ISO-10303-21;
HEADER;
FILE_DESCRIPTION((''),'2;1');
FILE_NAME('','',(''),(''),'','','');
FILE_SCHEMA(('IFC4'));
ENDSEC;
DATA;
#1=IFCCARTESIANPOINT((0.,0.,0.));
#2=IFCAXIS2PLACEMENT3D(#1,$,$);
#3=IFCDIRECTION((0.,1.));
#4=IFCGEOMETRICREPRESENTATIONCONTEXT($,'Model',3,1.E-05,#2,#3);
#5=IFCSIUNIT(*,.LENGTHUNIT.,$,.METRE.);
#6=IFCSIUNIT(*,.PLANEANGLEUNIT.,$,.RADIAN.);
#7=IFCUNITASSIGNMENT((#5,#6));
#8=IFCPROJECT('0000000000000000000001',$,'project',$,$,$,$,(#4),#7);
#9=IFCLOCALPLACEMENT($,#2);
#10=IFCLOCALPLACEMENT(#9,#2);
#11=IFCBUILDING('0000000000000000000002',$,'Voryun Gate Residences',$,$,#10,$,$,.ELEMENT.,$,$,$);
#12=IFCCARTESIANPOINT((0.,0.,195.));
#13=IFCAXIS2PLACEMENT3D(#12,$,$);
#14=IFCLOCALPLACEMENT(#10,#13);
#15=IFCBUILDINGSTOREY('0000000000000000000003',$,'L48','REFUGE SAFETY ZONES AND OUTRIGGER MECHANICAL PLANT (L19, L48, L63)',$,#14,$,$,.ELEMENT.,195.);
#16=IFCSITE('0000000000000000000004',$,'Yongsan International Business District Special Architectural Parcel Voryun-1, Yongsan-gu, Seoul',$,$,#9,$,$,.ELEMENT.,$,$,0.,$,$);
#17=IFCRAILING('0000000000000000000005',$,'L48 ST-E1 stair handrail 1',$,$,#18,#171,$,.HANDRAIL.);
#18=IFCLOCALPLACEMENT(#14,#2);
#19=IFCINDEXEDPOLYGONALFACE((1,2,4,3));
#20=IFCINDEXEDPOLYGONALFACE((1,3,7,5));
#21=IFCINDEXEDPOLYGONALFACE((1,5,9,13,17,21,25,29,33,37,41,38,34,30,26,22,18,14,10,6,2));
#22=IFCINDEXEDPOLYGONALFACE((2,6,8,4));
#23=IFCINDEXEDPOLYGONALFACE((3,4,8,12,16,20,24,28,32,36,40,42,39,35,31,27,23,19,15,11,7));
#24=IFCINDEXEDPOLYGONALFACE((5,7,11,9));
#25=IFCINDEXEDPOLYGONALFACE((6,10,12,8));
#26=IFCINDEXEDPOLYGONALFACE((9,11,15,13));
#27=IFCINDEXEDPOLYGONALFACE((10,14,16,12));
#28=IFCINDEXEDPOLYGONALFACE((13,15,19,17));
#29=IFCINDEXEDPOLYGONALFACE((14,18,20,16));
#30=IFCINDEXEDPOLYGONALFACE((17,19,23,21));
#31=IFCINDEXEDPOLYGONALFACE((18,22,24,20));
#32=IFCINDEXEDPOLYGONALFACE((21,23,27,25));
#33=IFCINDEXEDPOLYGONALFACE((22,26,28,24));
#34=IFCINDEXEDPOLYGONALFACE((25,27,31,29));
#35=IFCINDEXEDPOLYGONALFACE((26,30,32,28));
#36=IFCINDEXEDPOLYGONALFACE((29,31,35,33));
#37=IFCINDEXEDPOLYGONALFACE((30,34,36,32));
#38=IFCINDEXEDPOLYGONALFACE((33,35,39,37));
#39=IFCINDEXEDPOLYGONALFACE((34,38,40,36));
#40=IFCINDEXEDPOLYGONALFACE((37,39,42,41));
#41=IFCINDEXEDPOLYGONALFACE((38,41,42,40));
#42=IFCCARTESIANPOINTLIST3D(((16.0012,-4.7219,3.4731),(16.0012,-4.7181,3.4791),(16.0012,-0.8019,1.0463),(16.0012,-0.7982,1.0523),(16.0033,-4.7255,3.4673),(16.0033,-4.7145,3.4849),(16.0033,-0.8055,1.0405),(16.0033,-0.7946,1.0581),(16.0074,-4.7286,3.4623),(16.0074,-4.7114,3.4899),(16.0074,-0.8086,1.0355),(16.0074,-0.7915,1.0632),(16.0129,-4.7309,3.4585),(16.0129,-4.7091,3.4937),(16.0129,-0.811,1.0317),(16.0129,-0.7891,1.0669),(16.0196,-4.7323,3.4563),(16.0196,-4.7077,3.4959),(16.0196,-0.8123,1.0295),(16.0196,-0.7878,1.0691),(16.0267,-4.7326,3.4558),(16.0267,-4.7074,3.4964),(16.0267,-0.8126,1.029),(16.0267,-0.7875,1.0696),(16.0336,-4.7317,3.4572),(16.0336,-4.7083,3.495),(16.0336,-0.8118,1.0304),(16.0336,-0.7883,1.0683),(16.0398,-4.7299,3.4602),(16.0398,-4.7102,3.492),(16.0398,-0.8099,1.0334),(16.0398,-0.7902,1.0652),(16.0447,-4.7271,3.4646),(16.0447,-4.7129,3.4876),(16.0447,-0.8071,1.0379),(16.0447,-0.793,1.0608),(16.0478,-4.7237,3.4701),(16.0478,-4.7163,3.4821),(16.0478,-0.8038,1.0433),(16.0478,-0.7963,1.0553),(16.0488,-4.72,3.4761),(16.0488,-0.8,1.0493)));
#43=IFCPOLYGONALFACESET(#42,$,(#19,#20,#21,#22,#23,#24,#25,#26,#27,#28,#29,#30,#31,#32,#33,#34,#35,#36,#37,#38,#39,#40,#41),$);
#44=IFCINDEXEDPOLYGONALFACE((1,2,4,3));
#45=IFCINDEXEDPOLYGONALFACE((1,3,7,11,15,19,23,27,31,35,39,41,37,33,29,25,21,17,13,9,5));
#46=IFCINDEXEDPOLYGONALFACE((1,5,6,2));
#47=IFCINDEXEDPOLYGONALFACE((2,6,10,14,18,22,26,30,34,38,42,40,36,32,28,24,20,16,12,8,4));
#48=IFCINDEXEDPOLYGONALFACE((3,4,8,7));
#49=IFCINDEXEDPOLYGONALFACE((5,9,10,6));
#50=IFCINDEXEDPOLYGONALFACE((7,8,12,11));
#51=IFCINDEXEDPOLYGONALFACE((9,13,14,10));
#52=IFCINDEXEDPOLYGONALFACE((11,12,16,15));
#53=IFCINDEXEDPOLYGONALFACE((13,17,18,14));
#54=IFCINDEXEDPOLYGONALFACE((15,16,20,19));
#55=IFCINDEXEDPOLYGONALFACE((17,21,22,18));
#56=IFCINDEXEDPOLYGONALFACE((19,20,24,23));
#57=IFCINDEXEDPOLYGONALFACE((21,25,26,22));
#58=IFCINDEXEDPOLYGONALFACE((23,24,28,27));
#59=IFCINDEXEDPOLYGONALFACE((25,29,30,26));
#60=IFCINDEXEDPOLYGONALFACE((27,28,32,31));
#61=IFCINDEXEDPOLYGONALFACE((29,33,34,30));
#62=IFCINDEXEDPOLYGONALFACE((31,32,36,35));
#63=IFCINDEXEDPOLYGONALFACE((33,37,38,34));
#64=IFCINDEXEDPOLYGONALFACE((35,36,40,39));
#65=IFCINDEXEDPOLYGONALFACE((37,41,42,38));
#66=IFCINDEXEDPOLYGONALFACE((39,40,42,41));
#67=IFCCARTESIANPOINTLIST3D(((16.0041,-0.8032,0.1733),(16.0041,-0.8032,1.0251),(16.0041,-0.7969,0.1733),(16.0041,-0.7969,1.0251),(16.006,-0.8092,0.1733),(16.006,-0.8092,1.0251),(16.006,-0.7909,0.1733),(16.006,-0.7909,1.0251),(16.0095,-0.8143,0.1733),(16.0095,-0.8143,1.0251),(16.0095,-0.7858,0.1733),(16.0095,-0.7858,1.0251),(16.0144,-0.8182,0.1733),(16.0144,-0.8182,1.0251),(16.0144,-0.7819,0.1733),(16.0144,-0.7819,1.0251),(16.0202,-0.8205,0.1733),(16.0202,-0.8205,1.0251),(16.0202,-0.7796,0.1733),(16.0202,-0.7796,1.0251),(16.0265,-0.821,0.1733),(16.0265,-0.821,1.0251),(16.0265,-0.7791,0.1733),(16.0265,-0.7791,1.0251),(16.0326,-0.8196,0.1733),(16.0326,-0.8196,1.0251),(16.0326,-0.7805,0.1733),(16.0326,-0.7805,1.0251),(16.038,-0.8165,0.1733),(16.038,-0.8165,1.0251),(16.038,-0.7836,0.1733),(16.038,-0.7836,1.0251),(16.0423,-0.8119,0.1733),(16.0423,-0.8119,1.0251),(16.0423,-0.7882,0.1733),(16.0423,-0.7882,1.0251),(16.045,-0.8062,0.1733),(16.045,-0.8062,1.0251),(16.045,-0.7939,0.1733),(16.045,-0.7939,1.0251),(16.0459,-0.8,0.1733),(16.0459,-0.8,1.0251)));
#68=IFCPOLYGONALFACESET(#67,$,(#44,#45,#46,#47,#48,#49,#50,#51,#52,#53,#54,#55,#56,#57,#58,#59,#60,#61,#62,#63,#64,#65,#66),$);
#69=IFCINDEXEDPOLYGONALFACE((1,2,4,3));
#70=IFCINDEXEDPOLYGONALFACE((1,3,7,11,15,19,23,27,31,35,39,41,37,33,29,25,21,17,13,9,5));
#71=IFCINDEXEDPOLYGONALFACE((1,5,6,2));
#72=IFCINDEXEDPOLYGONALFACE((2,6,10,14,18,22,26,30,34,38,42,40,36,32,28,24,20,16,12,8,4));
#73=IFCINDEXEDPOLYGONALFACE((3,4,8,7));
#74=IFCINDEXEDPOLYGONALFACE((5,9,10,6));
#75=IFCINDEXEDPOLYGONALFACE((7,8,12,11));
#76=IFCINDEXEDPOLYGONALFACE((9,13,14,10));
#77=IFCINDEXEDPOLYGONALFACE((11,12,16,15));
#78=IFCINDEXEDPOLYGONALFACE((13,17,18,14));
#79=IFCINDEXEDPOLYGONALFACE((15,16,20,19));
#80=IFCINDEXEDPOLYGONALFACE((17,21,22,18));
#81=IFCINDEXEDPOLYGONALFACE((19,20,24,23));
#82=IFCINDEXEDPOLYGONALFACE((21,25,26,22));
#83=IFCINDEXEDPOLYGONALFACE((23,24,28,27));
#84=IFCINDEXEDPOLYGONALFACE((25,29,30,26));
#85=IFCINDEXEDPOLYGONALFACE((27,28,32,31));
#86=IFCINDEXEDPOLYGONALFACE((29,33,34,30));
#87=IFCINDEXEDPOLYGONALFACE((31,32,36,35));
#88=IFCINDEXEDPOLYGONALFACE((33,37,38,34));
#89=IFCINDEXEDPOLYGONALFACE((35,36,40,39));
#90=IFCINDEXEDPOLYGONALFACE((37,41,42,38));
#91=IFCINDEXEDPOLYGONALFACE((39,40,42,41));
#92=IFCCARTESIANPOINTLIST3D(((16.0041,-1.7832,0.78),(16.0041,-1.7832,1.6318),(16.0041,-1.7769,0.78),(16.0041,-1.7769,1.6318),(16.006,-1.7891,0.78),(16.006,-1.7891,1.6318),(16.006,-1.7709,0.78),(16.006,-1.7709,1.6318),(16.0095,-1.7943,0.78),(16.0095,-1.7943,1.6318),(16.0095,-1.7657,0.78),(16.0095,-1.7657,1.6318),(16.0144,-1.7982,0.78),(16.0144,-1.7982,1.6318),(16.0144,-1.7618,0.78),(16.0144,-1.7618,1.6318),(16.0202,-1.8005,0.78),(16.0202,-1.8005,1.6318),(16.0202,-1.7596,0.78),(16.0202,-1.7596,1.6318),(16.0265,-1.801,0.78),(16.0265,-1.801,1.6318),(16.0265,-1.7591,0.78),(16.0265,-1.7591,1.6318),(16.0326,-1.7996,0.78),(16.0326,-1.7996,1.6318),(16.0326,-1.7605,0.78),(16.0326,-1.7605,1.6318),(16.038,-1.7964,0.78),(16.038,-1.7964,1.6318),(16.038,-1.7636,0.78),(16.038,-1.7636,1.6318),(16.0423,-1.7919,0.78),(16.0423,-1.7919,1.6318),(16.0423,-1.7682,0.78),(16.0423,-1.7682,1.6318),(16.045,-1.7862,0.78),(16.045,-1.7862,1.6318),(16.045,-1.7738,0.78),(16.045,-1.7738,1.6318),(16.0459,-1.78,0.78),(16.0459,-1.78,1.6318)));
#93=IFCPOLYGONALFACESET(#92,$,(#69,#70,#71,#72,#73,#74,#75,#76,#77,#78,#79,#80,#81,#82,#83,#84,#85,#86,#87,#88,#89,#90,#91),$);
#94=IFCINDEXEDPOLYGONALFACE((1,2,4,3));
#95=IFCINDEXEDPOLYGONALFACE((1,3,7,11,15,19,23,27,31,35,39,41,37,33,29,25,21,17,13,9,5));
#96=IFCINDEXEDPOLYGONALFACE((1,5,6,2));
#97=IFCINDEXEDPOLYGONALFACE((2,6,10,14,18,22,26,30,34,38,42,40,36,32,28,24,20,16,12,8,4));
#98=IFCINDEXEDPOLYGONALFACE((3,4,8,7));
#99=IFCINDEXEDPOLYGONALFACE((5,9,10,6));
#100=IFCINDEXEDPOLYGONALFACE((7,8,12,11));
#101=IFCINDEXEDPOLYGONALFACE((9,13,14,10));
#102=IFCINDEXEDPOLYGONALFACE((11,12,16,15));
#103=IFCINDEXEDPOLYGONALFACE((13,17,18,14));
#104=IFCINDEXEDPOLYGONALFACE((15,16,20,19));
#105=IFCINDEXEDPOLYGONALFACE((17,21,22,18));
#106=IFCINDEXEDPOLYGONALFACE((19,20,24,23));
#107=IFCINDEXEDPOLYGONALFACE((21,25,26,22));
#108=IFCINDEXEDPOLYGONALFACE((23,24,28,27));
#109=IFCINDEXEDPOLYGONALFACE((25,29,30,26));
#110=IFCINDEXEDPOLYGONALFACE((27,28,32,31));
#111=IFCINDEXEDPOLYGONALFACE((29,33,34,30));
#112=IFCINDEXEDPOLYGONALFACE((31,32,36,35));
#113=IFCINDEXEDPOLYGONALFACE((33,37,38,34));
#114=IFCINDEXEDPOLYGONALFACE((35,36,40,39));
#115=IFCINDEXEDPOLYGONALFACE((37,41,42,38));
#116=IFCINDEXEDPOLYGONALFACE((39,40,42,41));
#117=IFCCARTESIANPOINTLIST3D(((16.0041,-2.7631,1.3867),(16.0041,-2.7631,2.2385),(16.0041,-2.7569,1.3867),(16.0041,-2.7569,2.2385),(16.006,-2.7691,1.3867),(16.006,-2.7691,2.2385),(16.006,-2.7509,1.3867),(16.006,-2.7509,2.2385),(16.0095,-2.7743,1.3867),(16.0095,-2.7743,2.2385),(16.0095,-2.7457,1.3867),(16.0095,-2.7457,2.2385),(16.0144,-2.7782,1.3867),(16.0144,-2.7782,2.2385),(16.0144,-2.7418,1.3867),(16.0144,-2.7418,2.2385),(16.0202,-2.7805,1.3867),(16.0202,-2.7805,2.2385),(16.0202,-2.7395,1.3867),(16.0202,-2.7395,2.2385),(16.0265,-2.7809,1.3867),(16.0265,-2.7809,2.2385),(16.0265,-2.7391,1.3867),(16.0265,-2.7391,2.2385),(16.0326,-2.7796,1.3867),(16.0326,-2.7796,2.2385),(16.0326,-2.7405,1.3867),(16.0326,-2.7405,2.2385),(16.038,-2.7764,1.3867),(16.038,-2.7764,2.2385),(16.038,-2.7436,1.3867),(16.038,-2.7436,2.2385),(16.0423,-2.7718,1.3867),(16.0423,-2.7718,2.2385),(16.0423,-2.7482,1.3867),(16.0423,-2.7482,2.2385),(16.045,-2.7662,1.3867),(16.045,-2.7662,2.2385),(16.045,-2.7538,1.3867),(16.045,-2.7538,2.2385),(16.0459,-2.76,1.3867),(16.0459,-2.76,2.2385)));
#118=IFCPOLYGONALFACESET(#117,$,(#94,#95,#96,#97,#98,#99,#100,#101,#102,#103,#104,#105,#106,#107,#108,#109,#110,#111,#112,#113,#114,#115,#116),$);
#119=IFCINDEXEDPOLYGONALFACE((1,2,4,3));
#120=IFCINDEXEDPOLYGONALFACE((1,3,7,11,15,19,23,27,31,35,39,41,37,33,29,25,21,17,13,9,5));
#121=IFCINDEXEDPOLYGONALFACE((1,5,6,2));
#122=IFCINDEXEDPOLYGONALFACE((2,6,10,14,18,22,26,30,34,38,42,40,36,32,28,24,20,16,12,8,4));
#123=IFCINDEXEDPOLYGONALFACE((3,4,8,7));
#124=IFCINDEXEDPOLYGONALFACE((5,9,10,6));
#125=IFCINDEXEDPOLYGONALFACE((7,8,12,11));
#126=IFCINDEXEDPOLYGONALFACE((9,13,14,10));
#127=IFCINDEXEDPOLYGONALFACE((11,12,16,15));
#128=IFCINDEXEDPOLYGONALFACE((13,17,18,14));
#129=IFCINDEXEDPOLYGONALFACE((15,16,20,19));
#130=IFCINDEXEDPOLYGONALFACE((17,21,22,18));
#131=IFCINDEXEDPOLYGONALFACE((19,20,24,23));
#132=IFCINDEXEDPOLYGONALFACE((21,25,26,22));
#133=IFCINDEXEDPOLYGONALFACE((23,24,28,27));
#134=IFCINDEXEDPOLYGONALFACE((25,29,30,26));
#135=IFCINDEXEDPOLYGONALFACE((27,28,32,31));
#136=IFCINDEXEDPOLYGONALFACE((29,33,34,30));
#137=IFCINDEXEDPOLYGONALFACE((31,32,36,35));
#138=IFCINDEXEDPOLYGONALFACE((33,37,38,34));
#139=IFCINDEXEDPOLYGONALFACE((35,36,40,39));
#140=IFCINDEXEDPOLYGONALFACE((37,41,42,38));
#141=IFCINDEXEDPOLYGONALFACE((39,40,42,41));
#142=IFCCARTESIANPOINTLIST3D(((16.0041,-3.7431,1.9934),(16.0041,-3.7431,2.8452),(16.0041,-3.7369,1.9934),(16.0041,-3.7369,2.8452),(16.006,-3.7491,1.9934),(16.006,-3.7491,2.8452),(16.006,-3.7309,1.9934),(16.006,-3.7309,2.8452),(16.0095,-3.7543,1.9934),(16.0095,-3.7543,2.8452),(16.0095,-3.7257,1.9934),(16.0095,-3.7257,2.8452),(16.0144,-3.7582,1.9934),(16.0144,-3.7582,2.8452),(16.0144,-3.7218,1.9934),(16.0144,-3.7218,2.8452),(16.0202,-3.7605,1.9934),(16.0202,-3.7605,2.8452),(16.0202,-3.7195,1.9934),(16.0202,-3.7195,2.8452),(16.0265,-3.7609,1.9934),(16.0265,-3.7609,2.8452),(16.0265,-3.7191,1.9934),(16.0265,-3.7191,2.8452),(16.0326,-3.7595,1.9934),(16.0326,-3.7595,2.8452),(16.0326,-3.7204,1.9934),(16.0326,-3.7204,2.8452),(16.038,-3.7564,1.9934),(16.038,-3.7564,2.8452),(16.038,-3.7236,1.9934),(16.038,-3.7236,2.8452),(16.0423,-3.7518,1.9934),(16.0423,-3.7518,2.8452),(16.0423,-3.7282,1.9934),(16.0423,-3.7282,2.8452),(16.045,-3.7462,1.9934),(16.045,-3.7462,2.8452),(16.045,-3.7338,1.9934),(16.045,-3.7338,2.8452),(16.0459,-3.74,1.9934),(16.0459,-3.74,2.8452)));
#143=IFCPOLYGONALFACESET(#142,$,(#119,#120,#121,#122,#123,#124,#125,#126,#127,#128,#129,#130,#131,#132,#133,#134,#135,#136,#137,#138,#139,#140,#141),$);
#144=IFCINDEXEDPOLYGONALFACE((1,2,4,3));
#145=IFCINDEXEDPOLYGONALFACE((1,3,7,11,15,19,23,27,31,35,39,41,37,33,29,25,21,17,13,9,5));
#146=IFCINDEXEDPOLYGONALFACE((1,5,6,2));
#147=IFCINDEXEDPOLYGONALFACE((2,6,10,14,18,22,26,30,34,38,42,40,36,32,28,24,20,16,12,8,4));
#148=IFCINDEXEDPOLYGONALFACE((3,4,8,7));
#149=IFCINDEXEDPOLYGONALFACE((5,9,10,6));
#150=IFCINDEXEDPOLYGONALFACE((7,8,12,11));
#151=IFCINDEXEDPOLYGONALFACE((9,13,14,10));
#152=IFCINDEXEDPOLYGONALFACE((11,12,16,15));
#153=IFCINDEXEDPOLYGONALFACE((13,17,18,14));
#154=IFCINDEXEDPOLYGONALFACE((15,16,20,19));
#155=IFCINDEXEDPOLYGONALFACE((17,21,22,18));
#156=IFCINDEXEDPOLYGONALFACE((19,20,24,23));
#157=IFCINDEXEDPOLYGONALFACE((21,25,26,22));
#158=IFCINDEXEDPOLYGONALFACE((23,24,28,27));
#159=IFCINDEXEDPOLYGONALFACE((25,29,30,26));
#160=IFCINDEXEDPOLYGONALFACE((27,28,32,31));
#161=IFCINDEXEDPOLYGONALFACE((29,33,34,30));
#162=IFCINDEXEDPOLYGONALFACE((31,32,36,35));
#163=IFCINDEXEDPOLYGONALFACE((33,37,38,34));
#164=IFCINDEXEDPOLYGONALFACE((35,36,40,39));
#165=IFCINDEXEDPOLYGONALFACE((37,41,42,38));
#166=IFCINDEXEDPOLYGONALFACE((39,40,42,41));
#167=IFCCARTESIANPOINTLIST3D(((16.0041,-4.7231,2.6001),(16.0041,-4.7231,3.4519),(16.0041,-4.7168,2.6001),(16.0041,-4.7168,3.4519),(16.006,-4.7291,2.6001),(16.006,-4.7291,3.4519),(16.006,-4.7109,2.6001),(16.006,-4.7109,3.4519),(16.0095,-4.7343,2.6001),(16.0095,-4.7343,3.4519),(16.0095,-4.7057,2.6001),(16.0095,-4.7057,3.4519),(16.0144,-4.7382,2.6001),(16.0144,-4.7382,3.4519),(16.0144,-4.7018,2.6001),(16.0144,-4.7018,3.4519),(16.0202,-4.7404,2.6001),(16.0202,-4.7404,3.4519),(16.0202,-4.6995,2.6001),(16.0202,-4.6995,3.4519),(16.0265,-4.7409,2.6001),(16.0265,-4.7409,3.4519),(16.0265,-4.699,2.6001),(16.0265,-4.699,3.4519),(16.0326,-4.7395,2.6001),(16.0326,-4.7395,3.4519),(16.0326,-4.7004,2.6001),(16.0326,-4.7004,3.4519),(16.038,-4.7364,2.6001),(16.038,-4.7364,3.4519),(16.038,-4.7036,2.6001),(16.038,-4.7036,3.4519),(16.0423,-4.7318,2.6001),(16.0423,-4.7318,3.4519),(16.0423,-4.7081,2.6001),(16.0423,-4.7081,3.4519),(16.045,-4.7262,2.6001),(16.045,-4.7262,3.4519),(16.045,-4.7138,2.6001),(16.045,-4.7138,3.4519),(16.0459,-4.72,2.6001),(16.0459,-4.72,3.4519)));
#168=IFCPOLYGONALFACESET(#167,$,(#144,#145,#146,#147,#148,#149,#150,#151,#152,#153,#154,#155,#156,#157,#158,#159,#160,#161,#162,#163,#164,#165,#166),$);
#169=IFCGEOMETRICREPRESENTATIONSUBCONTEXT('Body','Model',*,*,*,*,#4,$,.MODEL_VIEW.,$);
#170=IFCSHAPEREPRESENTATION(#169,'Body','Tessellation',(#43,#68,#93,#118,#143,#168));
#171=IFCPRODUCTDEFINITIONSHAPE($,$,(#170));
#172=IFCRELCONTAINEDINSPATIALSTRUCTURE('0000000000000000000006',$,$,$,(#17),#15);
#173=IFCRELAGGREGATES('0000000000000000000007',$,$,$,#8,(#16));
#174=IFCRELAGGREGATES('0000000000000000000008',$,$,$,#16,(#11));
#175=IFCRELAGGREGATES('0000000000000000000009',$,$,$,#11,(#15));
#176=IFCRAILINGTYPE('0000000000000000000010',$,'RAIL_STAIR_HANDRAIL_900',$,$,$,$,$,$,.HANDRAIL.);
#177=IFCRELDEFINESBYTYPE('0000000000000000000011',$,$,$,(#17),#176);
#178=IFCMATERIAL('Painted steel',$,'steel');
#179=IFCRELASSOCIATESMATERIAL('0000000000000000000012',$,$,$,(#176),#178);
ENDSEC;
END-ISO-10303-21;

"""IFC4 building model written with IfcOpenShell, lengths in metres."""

from ifc_helpers import new_model, si_unit, direction, frame, origin, origin_2d, place, context, subcontext, project, spatial, circle, extrude, material, type_object, element, save


model = new_model("IFC4")

# Units and contexts
model_context = context("Model", 3, precision=1e-05, world=origin(), true_north=direction((0.0, 1.0)))
body_context = subcontext(model_context, "Body", "Model", "MODEL_VIEW")
ifc_project = project(units=[si_unit("LENGTHUNIT", "METRE"), si_unit("PLANEANGLEUNIT", "RADIAN")], contexts=[model_context])

# Site, building, storey
site_placement = place(None, origin())
site = spatial("IfcSite", under=ifc_project, at=site_placement, Name="Yongsan International Business District Special Architectural Parcel Voryun-1, Yongsan-gu, Seoul", CompositionType="ELEMENT", RefElevation=0.0)
building_placement = place(site_placement, origin())
building = spatial("IfcBuilding", under=site, at=building_placement, Name="Voryun Gate Residences", CompositionType="ELEMENT")
storey_placement = place(building_placement, frame((0.0, 0.0, 195.0)))
storey = spatial("IfcBuildingStorey", under=building, at=storey_placement, Name="L48", Description="REFUGE SAFETY ZONES AND OUTRIGGER MECHANICAL PLANT (L19, L48, L63)", CompositionType="ELEMENT", Elevation=195.0)

# Railing
ifc_material_1 = material(Name="Painted steel", Category="steel")
railing_type_1 = type_object("IfcRailingType", Name="RAIL_STAIR_HANDRAIL_900", PredefinedType="HANDRAIL", material=ifc_material_1)
railing_1_placement = place(storey_placement, frame((16.0249, -0.8, 0.1733)))
element("IfcRailing", 1, at=railing_1_placement, inside=storey, type_object=railing_type_1, Name="L48 ST-E1 stair handrail 1", PredefinedType="HANDRAIL", context=body_context, shape_type="SweptSolid", body=[
    extrude(circle(Radius=0.0239, at=origin_2d()), frame((0.0, 0.0, 0.876), z_axis=(0.0, -0.850252, 0.526376), x_axis=(1.0, 0.0, 0.0)), (0.0, 0.0, 1.0), 4.6104),
    extrude(circle(Radius=0.021, at=origin_2d()), origin(), (0.0, 0.0, 1.0), 0.8518),
    extrude(circle(Radius=0.021, at=origin_2d()), frame((0.0, -0.98, 0.6067)), (0.0, 0.0, 1.0), 0.8518),
    extrude(circle(Radius=0.021, at=origin_2d()), frame((0.0, -1.96, 1.2134)), (0.0, 0.0, 1.0), 0.8518),
    extrude(circle(Radius=0.021, at=origin_2d()), frame((0.0, -2.9399, 1.8201)), (0.0, 0.0, 1.0), 0.8518),
    extrude(circle(Radius=0.021, at=origin_2d()), frame((0.0, -3.9199, 2.4268)), (0.0, 0.0, 1.0), 0.8518),
])

save(model, "model.ifc")
